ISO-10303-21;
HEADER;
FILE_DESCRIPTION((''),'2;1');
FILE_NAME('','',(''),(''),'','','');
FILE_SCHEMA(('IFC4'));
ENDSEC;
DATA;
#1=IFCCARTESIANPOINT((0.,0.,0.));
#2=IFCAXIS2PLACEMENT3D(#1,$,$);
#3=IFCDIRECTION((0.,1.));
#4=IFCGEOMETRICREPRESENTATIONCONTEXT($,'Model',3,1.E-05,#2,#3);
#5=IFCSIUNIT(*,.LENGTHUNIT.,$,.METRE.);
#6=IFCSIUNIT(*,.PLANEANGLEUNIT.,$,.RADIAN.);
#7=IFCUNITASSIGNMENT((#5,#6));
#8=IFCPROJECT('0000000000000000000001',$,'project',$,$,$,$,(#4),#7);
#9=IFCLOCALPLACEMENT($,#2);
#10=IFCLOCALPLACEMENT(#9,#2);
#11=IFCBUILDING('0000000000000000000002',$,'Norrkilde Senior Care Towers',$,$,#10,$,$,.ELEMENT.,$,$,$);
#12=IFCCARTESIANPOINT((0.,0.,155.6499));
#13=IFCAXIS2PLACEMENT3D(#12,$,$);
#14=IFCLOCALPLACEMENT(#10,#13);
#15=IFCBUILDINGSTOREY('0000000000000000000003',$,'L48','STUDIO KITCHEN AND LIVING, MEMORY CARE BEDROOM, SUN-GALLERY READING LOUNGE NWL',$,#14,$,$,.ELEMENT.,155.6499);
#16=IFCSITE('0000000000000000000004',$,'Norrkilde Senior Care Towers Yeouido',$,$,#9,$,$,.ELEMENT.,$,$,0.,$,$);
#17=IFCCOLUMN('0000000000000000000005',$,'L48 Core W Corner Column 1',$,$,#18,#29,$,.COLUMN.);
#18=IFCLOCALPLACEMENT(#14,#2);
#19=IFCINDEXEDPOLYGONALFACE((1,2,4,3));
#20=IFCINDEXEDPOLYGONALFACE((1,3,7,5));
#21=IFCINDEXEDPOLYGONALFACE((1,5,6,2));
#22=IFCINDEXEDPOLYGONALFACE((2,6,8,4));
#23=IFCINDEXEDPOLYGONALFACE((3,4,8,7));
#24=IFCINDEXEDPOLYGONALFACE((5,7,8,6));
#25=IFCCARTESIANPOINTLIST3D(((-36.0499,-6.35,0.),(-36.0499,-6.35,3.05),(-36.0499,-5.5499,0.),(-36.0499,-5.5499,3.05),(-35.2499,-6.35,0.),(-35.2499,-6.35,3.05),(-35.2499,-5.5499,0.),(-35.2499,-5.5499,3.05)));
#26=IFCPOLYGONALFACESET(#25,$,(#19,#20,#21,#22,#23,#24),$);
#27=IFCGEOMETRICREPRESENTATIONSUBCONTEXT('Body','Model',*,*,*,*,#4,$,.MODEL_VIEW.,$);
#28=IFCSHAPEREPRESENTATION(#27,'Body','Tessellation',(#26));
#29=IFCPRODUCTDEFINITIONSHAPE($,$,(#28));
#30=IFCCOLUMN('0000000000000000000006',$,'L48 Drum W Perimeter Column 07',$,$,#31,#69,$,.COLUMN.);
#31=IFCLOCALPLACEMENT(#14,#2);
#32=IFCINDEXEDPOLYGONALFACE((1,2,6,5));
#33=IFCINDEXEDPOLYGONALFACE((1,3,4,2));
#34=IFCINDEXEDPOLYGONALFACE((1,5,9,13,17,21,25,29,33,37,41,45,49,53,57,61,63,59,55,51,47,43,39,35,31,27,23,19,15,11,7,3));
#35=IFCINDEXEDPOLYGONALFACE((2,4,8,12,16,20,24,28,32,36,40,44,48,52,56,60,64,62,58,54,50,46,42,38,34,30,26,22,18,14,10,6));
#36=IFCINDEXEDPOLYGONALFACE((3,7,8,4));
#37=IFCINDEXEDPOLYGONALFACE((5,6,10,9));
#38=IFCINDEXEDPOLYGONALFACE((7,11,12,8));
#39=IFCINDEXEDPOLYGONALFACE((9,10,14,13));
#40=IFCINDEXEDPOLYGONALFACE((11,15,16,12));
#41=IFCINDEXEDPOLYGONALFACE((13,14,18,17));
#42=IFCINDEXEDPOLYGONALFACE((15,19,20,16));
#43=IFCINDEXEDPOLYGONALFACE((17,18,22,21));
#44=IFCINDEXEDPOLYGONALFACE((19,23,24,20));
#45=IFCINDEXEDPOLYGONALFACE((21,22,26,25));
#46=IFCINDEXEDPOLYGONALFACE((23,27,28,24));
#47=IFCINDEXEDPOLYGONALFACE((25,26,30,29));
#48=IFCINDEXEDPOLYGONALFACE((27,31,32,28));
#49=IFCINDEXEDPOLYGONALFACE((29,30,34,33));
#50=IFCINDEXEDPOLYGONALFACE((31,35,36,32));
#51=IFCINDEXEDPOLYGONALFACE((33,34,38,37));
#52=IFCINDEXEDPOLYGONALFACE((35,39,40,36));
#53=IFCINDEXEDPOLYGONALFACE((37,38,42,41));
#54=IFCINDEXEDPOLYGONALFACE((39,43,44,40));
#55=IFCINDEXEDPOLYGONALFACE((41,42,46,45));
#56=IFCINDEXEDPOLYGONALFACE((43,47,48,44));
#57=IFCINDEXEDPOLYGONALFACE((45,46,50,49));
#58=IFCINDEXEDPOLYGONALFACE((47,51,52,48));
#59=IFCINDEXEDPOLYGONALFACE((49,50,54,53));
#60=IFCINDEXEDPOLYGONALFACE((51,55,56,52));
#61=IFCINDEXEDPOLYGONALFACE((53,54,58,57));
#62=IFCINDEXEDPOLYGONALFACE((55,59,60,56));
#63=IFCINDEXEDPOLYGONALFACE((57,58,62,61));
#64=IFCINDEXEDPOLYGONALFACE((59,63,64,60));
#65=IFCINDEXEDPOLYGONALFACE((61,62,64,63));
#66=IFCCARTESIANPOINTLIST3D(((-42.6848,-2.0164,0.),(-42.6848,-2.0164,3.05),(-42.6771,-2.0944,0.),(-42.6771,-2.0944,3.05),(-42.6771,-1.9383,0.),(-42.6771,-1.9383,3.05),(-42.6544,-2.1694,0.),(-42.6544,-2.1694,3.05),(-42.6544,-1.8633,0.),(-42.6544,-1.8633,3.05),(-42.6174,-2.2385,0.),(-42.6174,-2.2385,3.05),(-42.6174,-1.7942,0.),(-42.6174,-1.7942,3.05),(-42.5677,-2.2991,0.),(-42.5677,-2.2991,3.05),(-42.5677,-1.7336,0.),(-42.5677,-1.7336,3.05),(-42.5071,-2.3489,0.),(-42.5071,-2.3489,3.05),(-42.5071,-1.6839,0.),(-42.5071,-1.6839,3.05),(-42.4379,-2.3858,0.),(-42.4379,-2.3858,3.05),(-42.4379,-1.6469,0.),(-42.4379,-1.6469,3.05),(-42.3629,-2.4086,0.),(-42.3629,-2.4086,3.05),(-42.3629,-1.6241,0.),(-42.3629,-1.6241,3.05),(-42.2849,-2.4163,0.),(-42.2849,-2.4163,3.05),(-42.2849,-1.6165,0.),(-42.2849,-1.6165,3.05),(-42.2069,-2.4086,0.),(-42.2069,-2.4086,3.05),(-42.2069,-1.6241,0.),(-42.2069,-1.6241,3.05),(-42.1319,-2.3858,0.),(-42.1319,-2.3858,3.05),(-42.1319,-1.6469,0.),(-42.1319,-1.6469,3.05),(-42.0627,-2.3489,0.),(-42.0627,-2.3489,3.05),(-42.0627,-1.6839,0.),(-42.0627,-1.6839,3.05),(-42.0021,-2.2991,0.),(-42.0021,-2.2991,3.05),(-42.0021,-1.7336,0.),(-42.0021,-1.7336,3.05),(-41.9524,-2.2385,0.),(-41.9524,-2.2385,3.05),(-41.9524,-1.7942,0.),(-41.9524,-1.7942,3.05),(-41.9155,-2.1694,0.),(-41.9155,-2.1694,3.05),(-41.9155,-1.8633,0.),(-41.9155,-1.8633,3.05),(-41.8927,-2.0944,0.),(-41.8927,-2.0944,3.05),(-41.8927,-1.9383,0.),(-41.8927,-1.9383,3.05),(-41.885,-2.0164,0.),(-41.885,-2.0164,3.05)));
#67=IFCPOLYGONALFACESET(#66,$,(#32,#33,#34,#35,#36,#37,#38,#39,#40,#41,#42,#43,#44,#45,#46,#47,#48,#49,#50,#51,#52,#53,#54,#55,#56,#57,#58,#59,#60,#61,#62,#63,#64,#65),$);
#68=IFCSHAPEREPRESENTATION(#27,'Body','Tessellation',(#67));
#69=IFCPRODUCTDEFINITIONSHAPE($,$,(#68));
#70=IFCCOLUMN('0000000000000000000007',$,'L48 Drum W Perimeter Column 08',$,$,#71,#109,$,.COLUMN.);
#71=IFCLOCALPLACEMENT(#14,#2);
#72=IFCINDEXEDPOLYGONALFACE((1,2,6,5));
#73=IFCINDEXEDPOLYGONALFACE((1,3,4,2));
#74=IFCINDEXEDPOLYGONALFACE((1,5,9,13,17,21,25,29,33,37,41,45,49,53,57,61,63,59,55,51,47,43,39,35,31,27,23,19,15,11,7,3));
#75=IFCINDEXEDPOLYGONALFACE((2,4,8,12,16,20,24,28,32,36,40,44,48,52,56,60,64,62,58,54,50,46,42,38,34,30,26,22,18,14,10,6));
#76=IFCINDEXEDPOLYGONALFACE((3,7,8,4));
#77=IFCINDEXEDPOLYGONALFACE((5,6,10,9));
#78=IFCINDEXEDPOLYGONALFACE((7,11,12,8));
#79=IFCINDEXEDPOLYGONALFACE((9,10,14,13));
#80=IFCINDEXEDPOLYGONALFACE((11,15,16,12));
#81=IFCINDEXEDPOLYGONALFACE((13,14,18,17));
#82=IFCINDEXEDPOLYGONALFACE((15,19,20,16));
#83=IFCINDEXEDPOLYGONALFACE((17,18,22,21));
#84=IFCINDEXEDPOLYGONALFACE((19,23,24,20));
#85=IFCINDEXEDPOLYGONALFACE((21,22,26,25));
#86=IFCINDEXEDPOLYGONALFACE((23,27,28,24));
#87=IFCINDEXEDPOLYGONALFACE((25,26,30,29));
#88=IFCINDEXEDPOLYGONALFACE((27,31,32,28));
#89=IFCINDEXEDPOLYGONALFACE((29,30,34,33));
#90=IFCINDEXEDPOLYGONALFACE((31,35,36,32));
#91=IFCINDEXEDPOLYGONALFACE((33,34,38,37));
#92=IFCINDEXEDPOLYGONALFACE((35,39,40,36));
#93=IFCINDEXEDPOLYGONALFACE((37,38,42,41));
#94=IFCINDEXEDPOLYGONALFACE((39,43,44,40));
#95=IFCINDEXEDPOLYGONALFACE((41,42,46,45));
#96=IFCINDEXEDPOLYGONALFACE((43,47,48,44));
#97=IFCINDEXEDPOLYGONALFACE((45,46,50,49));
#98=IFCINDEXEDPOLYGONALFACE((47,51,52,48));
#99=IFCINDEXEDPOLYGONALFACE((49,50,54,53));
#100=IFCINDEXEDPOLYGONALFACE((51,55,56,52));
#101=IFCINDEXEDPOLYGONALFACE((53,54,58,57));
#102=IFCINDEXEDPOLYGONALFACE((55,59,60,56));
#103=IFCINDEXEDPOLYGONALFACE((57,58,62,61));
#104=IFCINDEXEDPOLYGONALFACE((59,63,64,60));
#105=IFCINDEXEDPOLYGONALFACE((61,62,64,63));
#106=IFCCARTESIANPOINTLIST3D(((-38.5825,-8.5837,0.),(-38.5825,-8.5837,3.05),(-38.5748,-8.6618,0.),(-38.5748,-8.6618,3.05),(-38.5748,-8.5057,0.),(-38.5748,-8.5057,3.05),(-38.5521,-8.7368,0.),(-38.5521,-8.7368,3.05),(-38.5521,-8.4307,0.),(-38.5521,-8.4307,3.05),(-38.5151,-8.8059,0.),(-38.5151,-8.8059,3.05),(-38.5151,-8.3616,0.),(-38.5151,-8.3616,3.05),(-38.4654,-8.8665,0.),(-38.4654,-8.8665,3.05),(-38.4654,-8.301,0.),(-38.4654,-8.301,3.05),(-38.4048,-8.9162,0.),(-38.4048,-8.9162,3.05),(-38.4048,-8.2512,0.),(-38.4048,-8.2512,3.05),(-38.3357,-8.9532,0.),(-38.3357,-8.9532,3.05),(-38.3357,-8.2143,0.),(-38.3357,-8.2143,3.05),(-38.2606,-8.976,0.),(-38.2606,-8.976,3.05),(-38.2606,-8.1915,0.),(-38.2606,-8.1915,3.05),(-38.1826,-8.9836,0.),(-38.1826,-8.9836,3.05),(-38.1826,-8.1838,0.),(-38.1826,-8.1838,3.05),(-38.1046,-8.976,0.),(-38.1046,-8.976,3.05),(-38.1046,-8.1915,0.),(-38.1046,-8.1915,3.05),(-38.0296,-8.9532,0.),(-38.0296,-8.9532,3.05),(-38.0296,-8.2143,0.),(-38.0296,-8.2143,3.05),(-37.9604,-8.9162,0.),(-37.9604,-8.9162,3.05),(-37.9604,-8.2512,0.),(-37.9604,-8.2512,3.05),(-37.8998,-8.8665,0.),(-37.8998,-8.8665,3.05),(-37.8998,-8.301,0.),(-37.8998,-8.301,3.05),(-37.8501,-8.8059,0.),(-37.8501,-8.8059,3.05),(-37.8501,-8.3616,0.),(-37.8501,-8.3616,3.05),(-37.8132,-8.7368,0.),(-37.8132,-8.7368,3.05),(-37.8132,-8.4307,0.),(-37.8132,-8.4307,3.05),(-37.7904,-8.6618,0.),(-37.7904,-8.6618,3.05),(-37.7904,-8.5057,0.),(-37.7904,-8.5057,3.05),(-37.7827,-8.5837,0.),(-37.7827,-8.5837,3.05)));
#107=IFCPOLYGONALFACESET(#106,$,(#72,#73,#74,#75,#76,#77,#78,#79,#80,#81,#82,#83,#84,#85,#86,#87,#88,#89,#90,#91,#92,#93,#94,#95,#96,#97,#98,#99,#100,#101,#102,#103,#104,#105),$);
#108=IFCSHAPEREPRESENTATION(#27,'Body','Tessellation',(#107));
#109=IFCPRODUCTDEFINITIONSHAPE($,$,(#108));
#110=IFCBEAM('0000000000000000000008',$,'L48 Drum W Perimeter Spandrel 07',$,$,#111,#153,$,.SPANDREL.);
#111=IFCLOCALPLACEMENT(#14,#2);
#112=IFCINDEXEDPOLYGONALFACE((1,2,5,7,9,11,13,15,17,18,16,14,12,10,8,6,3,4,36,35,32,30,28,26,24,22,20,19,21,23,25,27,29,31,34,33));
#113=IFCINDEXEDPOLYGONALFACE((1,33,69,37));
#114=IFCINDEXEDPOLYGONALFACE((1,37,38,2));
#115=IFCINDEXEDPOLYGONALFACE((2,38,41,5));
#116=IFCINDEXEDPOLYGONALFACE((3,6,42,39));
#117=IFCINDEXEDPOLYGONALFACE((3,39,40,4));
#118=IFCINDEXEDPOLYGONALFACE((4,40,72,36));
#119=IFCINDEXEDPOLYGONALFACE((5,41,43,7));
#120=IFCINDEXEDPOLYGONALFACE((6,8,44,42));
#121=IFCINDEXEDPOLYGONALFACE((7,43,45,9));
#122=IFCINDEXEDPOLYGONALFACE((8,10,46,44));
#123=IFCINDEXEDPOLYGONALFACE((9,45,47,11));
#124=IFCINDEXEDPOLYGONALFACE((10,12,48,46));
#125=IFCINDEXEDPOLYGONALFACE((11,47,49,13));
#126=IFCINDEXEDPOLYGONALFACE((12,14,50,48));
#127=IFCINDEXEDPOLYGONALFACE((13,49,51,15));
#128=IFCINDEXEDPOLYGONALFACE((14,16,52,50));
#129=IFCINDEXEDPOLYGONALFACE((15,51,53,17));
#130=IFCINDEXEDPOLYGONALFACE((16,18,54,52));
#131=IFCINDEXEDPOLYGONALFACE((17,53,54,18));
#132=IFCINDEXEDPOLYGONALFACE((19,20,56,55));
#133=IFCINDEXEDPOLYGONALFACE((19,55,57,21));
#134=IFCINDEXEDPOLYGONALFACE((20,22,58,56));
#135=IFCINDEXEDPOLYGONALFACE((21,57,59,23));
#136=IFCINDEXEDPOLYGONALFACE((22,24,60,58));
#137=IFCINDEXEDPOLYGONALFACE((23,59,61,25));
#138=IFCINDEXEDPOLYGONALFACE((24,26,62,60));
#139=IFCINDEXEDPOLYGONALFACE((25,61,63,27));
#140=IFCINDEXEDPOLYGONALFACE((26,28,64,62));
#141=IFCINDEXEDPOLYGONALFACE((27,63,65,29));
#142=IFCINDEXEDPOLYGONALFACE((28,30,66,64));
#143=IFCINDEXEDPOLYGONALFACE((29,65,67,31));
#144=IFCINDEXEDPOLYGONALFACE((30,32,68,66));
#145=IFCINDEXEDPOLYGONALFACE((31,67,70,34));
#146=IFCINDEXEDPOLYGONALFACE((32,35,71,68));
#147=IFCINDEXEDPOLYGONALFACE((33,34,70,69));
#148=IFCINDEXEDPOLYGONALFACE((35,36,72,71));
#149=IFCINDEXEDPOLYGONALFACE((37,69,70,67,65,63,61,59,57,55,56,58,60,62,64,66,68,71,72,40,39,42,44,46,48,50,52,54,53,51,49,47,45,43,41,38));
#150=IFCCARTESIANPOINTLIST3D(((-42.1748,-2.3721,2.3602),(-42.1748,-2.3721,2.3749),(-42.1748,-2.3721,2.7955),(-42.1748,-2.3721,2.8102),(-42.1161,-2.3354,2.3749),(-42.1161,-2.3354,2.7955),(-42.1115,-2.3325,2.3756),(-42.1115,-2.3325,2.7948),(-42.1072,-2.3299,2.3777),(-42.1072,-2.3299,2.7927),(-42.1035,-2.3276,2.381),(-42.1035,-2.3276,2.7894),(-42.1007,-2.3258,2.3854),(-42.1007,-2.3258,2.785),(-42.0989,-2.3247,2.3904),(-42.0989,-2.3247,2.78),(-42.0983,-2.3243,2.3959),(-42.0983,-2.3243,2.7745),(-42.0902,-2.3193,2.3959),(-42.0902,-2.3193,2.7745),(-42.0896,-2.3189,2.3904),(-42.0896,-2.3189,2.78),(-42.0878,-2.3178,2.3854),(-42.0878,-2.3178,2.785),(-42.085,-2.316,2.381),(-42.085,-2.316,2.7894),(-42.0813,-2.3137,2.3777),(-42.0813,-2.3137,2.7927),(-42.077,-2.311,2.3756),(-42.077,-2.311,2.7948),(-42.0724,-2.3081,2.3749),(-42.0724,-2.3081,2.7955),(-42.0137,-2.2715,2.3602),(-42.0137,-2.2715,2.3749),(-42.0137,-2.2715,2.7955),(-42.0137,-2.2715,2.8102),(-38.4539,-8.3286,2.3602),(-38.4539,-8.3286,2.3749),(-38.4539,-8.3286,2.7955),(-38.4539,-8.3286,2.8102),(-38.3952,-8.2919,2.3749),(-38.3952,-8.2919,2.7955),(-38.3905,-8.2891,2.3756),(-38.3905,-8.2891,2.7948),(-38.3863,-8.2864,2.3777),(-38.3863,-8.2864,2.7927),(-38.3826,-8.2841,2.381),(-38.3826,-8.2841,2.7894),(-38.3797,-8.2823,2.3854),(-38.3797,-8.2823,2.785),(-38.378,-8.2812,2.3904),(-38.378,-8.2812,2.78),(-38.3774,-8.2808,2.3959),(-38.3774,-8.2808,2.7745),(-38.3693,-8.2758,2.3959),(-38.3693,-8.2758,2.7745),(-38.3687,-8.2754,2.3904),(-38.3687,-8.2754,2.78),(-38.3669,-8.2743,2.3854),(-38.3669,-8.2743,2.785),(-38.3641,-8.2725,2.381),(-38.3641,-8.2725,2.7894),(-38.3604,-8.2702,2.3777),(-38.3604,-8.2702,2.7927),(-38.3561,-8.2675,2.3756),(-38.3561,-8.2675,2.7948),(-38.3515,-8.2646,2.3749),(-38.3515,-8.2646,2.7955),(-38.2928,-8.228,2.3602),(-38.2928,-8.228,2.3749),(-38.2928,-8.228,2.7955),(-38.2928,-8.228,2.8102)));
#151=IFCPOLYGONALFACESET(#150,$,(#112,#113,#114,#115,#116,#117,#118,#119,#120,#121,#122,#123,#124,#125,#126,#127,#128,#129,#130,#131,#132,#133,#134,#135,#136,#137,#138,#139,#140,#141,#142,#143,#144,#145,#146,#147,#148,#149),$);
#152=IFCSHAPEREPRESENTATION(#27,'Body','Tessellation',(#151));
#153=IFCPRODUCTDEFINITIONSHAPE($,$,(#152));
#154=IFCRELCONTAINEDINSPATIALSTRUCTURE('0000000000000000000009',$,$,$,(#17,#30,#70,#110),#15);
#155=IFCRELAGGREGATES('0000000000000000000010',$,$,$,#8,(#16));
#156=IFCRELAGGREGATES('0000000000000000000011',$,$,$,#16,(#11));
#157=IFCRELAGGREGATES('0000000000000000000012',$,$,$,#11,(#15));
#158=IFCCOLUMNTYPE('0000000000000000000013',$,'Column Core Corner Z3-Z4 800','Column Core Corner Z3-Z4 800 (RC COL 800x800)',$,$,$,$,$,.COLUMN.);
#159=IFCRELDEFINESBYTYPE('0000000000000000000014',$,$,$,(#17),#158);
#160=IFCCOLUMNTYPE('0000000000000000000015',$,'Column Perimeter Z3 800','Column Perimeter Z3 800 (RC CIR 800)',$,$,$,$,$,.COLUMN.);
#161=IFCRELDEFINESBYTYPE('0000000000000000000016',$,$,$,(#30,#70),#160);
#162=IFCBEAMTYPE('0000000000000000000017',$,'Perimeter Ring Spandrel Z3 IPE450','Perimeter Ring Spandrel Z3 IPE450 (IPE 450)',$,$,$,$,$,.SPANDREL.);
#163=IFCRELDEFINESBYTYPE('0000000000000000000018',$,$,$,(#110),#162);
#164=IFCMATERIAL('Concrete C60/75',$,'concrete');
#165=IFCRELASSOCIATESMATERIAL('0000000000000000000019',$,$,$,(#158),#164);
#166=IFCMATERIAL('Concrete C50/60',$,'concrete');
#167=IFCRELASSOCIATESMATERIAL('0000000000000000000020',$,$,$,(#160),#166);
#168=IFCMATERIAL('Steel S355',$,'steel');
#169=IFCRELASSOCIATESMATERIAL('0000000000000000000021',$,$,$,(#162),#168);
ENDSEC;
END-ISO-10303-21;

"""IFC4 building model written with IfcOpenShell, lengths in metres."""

from ifc_helpers import new_model, si_unit, direction, frame, origin, origin_2d, place, context, subcontext, project, spatial, rectangle, circle, i_section, extrude, source, transform, mapped, material, material_profile, profile_set, type_object, type_shapes, element, save


model = new_model("IFC4")

# Units and contexts
model_context = context("Model", 3, precision=1e-05, world=origin(), true_north=direction((0.0, 1.0)))
body_context = subcontext(model_context, "Body", "Model", "MODEL_VIEW")
ifc_project = project(units=[si_unit("LENGTHUNIT", "METRE"), si_unit("PLANEANGLEUNIT", "RADIAN")], contexts=[model_context])

# Site, building, storey
site_placement = place(None, origin())
site = spatial("IfcSite", under=ifc_project, at=site_placement, Name="Norrkilde Senior Care Towers Yeouido", CompositionType="ELEMENT", RefElevation=0.0)
building_placement = place(site_placement, origin())
building = spatial("IfcBuilding", under=site, at=building_placement, Name="Norrkilde Senior Care Towers", CompositionType="ELEMENT")
storey_placement = place(building_placement, frame((0.0, 0.0, 155.6499)))
storey = spatial("IfcBuildingStorey", under=building, at=storey_placement, Name="L48", Description="STUDIO KITCHEN AND LIVING, MEMORY CARE BEDROOM, SUN-GALLERY READING LOUNGE NWL", CompositionType="ELEMENT", Elevation=155.6499)

# Columns
ifc_material_1 = material(Name="Concrete C60/75", Category="concrete")
ifc_material_profile_1 = material_profile(ifc_material_1, rectangle(XDim=0.8, YDim=0.8, at=origin_2d()), Name="RC COL 800x800")
ifc_profile_set_1 = profile_set([ifc_material_profile_1], Name="Concrete C60/75")
column_type_1 = type_object("IfcColumnType", Name="Column Core Corner Z3-Z4 800", Description="Column Core Corner Z3-Z4 800 (RC COL 800x800)", PredefinedType="COLUMN", material=ifc_profile_set_1)
shared_shape_1 = source(origin(), body_context, "Body", "SweptSolid", [
    extrude(rectangle(XDim=0.8, YDim=0.8, at=origin_2d()), origin(), (0.0, 0.0, 1.0), 3.05),
])
type_shapes(column_type_1, [shared_shape_1])
column_placement = place(storey_placement, frame((-35.6499, -5.95, 0.0), z_axis=(0.0, 0.0, 1.0), x_axis=(1.0, 0.0, 0.0)))
element("IfcColumn", 1, at=column_placement, inside=storey, type_object=column_type_1, Name="L48 Core W Corner Column 1", PredefinedType="COLUMN", context=body_context, shape_type="MappedRepresentation", body=[
    mapped(shared_shape_1, transform((0.0, 0.0, 0.0), x_axis=(1.0, 0.0, 0.0), y_axis=(0.0, 1.0, 0.0), z_axis=(0.0, 0.0, 1.0), scale=1.0)),
])
ifc_material_2 = material(Name="Concrete C50/60", Category="concrete")
ifc_material_profile_2 = material_profile(ifc_material_2, circle(Radius=0.3999, at=origin_2d()), Name="RC CIR 800")
ifc_profile_set_2 = profile_set([ifc_material_profile_2], Name="Concrete C50/60")
column_type_2 = type_object("IfcColumnType", Name="Column Perimeter Z3 800", Description="Column Perimeter Z3 800 (RC CIR 800)", PredefinedType="COLUMN", material=ifc_profile_set_2)
shared_shape_2 = source(origin(), body_context, "Body", "SweptSolid", [
    extrude(circle(Radius=0.3999, at=origin_2d()), origin(), (0.0, 0.0, 1.0), 3.05),
])
type_shapes(column_type_2, [shared_shape_2])
for number, where, z_axis, x_axis, name in (
    (2, (-42.2849, -2.0164, 0.0), (0.0, 0.0, 1.0), (1.0, 0.0, 0.0), "L48 Drum W Perimeter Column 07"),
    (3, (-38.1826, -8.5837, 0.0), (0.0, 0.0, 1.0), (1.0, 0.0, 0.0), "L48 Drum W Perimeter Column 08"),
):
    element("IfcColumn", number, at=place(storey_placement, frame(where, z_axis=z_axis, x_axis=x_axis)), inside=storey, type_object=column_type_2, Name=name, PredefinedType="COLUMN", context=body_context, shape_type="MappedRepresentation", body=[
        mapped(shared_shape_2, transform((0.0, 0.0, 0.0), x_axis=(1.0, 0.0, 0.0), y_axis=(0.0, 1.0, 0.0), z_axis=(0.0, 0.0, 1.0), scale=1.0)),
    ])

# Beam
ifc_material_3 = material(Name="Steel S355", Category="steel")
ifc_material_profile_3 = material_profile(ifc_material_3, i_section(OverallWidth=0.1899, OverallDepth=0.45, WebThickness=0.0095, FlangeThickness=0.0146, FilletRadius=0.021, at=origin_2d()), Name="IPE 450")
ifc_profile_set_3 = profile_set([ifc_material_profile_3], Name="Steel S355")
beam_type_1 = type_object("IfcBeamType", Name="Perimeter Ring Spandrel Z3 IPE450", Description="Perimeter Ring Spandrel Z3 IPE450 (IPE 450)", PredefinedType="SPANDREL", material=ifc_profile_set_3)
shared_shape_3 = source(origin(), body_context, "Body", "SweptSolid", [
    extrude(i_section(OverallWidth=0.1899, OverallDepth=0.45, WebThickness=0.0095, FlangeThickness=0.0146, FilletRadius=0.021, at=origin_2d()), origin(), (0.0, 0.0, 1.0), 7.0232),
])
beam_1_placement = place(storey_placement, frame((-42.0942, -2.3218, 2.5852), z_axis=(0.529805, -0.848119, 0.0), x_axis=(0.848119, 0.529805, 0.0)))
element("IfcBeam", 4, at=beam_1_placement, inside=storey, type_object=beam_type_1, Name="L48 Drum W Perimeter Spandrel 07", PredefinedType="SPANDREL", context=body_context, shape_type="MappedRepresentation", body=[
    mapped(shared_shape_3, transform((0.0, 0.0, 0.0), x_axis=(1.0, 0.0, 0.0), y_axis=(0.0, 1.0, 0.0), z_axis=(0.0, 0.0, 1.0), scale=1.0)),
])

save(model, "model.ifc")
